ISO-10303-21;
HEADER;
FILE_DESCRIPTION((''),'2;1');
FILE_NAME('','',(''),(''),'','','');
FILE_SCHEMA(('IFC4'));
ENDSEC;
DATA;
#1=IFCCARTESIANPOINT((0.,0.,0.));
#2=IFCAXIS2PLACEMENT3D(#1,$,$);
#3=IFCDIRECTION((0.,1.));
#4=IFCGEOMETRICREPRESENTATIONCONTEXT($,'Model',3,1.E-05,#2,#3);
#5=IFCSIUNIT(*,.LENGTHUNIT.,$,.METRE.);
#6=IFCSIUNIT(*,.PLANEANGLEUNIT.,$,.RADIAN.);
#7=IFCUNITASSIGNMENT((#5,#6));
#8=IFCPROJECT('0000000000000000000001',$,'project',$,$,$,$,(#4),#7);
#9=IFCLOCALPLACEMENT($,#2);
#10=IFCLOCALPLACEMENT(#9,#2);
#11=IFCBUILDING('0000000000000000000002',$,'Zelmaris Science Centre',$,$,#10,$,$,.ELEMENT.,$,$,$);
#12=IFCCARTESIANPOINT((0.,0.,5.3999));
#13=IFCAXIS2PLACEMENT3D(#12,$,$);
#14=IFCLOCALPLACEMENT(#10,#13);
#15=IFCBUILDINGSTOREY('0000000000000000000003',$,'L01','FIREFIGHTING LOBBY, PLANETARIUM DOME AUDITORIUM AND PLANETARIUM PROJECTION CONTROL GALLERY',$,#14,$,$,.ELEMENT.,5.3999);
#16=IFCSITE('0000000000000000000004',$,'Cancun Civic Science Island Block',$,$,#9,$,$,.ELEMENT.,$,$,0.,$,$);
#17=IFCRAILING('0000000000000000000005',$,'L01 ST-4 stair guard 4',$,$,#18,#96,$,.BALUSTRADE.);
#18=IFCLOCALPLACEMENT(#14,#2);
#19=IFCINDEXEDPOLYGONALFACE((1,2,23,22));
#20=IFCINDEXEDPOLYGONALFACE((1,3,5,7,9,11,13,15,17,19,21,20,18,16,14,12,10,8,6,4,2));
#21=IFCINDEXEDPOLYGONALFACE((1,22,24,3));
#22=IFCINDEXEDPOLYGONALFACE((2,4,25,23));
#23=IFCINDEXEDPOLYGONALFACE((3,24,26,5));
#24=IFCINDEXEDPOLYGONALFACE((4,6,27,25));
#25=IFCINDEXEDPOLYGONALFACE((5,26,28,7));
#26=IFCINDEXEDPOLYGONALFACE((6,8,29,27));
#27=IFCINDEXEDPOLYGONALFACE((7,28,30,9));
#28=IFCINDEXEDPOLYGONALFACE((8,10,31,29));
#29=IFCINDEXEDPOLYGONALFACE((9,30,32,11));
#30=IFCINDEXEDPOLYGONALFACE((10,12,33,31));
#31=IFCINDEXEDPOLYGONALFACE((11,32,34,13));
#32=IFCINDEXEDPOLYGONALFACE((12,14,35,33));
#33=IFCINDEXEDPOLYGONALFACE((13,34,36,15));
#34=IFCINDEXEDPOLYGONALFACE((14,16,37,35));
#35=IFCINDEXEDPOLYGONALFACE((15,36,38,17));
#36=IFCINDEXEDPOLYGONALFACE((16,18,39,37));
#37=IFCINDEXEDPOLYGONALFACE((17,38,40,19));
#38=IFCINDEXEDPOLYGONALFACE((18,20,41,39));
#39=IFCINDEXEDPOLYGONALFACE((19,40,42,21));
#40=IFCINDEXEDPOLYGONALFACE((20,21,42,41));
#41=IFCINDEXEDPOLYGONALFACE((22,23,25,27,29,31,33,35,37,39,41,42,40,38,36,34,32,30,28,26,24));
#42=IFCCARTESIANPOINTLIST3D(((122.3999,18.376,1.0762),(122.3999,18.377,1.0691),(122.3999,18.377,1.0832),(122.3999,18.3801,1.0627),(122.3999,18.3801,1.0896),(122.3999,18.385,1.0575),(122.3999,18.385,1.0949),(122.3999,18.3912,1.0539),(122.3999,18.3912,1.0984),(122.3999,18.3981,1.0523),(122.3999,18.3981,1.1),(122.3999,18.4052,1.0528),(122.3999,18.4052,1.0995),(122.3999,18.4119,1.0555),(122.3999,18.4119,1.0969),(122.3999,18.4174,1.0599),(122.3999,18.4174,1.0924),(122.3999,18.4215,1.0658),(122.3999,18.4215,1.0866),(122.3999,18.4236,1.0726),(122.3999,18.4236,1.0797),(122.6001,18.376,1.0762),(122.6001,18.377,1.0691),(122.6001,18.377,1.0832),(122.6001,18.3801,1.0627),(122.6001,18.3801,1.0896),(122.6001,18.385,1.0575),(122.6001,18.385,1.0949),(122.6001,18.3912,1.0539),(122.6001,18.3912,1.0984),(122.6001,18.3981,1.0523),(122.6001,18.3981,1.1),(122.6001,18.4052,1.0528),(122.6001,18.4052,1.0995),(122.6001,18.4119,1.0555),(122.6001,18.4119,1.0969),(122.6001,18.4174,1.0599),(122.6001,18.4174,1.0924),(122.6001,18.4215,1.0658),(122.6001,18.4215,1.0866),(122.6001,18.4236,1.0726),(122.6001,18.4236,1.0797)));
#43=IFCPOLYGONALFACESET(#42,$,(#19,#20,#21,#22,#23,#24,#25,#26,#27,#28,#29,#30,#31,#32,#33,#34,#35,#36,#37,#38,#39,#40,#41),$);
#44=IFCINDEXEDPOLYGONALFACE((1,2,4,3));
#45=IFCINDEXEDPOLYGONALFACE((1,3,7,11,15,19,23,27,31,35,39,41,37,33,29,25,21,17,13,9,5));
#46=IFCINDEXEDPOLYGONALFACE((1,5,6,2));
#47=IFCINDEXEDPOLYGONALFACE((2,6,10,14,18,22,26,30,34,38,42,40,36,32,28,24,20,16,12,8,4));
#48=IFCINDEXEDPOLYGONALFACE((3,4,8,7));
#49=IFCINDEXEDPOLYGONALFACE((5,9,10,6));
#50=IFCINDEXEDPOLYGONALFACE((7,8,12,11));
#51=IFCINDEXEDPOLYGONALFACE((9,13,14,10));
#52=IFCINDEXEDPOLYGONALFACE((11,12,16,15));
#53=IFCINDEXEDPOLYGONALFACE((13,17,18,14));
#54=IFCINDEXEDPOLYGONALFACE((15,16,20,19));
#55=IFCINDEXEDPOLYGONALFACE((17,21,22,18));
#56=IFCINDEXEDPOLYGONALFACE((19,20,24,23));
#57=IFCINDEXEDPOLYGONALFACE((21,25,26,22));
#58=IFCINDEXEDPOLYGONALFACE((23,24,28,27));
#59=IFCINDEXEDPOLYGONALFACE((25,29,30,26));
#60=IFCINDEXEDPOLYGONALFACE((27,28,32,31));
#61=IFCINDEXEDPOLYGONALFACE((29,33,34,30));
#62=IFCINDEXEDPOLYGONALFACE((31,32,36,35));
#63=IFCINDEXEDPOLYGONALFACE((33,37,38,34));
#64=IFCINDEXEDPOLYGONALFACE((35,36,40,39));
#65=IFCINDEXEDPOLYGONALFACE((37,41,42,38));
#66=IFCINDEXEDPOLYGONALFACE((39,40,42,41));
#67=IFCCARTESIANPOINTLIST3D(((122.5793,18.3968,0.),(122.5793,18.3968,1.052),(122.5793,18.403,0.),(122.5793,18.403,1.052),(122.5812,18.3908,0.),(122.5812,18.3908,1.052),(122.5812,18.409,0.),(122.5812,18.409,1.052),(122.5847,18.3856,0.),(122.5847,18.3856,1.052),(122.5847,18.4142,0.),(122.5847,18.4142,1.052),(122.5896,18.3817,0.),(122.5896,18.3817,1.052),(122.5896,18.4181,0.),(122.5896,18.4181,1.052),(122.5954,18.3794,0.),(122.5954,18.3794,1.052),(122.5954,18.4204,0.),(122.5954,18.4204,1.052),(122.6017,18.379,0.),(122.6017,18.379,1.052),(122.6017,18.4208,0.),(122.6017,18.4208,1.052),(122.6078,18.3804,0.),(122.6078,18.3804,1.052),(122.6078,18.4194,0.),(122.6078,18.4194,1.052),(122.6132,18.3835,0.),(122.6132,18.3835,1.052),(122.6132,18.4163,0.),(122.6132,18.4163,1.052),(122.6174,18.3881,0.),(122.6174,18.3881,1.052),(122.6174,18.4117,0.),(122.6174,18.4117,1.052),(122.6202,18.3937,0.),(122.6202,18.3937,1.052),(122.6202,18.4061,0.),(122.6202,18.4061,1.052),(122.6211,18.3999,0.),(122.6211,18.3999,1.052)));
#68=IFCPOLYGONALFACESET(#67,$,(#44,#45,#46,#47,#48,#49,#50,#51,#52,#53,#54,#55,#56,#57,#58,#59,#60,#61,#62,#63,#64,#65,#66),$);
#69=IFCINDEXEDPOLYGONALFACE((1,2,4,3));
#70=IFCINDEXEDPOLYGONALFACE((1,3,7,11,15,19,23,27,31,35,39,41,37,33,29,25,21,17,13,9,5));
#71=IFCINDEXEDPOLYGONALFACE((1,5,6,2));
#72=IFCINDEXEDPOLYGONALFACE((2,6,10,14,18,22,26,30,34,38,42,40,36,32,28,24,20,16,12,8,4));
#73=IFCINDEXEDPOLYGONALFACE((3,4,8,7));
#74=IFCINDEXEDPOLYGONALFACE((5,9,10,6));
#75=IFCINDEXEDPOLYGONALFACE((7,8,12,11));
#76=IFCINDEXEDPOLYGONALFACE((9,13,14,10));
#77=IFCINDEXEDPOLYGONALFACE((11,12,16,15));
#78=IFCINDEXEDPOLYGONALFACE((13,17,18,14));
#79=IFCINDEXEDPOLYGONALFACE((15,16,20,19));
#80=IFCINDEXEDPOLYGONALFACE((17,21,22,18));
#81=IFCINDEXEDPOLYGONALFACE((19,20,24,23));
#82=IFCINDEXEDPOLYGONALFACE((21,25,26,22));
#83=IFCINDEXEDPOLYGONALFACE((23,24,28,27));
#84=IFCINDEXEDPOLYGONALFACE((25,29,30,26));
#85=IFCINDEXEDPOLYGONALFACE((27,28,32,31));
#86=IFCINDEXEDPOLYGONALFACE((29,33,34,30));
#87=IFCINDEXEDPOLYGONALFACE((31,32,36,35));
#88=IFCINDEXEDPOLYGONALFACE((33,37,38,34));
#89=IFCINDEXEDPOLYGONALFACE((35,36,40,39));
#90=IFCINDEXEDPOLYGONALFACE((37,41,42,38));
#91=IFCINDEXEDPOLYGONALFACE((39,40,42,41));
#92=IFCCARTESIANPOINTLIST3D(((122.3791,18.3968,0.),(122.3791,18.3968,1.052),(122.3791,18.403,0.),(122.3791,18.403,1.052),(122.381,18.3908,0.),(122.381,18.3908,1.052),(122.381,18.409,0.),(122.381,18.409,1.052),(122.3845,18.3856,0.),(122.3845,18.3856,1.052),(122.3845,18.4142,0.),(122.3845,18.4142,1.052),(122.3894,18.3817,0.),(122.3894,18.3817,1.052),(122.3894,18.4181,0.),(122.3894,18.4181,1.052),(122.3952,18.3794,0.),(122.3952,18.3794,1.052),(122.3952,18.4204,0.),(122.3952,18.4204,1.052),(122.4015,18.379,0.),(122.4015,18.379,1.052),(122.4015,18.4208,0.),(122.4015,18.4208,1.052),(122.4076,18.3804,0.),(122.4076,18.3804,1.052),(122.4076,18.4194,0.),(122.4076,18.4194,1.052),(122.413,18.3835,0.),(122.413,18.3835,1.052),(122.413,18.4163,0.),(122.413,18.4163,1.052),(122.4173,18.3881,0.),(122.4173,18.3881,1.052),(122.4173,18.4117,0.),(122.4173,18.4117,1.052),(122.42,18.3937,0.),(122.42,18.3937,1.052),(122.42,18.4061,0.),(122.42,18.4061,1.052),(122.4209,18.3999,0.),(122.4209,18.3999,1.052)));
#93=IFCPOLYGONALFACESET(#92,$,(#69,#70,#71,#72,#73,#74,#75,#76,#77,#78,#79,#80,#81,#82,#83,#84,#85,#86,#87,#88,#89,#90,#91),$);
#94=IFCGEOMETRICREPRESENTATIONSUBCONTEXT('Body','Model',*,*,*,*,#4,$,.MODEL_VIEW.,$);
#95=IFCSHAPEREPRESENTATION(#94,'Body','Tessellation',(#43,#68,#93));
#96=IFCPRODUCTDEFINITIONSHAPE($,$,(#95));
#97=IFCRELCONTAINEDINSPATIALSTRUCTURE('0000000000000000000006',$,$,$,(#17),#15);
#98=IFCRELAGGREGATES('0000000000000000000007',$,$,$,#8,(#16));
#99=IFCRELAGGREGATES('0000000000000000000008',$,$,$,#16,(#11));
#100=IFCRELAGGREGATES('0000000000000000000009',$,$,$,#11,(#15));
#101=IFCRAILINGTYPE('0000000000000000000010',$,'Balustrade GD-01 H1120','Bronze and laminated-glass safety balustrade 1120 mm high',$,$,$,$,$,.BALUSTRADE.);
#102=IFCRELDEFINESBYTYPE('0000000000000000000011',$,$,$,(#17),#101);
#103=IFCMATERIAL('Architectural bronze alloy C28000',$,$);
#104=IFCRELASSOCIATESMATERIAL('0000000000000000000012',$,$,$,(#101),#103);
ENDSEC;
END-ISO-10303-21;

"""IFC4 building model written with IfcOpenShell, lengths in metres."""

from ifc_helpers import new_model, si_unit, direction, frame, origin, origin_2d, place, context, subcontext, project, spatial, circle, extrude, material, type_object, element, save


model = new_model("IFC4")

# Units and contexts
model_context = context("Model", 3, precision=1e-05, world=origin(), true_north=direction((0.0, 1.0)))
body_context = subcontext(model_context, "Body", "Model", "MODEL_VIEW")
ifc_project = project(units=[si_unit("LENGTHUNIT", "METRE"), si_unit("PLANEANGLEUNIT", "RADIAN")], contexts=[model_context])

# Site, building, storey
site_placement = place(None, origin())
site = spatial("IfcSite", under=ifc_project, at=site_placement, Name="Cancun Civic Science Island Block", CompositionType="ELEMENT", RefElevation=0.0)
building_placement = place(site_placement, origin())
building = spatial("IfcBuilding", under=site, at=building_placement, Name="Zelmaris Science Centre", CompositionType="ELEMENT")
storey_placement = place(building_placement, frame((0.0, 0.0, 5.3999)))
storey = spatial("IfcBuildingStorey", under=building, at=storey_placement, Name="L01", Description="FIREFIGHTING LOBBY, PLANETARIUM DOME AUDITORIUM AND PLANETARIUM PROJECTION CONTROL GALLERY", CompositionType="ELEMENT", Elevation=5.3999)

# Railing
ifc_material_1 = material(Name="Architectural bronze alloy C28000")
railing_type_1 = type_object("IfcRailingType", Name="Balustrade GD-01 H1120", Description="Bronze and laminated-glass safety balustrade 1120 mm high", PredefinedType="BALUSTRADE", material=ifc_material_1)
railing_1_placement = place(storey_placement, frame((122.6001, 18.3999, 0.0)))
element("IfcRailing", 1, at=railing_1_placement, inside=storey, type_object=railing_type_1, Name="L01 ST-4 stair guard 4", PredefinedType="BALUSTRADE", context=body_context, shape_type="SweptSolid", body=[
    extrude(circle(Radius=0.0239, at=origin_2d()), frame((0.0, 0.0, 1.0762), z_axis=(-1.0, 0.0, 0.0), x_axis=(0.0, -1.0, 0.0)), (0.0, 0.0, 1.0), 0.2002),
    extrude(circle(Radius=0.021, at=origin_2d()), origin(), (0.0, 0.0, 1.0), 1.052),
    extrude(circle(Radius=0.021, at=origin_2d()), frame((-0.2002, 0.0, 0.0)), (0.0, 0.0, 1.0), 1.052),
])

save(model, "model.ifc")
